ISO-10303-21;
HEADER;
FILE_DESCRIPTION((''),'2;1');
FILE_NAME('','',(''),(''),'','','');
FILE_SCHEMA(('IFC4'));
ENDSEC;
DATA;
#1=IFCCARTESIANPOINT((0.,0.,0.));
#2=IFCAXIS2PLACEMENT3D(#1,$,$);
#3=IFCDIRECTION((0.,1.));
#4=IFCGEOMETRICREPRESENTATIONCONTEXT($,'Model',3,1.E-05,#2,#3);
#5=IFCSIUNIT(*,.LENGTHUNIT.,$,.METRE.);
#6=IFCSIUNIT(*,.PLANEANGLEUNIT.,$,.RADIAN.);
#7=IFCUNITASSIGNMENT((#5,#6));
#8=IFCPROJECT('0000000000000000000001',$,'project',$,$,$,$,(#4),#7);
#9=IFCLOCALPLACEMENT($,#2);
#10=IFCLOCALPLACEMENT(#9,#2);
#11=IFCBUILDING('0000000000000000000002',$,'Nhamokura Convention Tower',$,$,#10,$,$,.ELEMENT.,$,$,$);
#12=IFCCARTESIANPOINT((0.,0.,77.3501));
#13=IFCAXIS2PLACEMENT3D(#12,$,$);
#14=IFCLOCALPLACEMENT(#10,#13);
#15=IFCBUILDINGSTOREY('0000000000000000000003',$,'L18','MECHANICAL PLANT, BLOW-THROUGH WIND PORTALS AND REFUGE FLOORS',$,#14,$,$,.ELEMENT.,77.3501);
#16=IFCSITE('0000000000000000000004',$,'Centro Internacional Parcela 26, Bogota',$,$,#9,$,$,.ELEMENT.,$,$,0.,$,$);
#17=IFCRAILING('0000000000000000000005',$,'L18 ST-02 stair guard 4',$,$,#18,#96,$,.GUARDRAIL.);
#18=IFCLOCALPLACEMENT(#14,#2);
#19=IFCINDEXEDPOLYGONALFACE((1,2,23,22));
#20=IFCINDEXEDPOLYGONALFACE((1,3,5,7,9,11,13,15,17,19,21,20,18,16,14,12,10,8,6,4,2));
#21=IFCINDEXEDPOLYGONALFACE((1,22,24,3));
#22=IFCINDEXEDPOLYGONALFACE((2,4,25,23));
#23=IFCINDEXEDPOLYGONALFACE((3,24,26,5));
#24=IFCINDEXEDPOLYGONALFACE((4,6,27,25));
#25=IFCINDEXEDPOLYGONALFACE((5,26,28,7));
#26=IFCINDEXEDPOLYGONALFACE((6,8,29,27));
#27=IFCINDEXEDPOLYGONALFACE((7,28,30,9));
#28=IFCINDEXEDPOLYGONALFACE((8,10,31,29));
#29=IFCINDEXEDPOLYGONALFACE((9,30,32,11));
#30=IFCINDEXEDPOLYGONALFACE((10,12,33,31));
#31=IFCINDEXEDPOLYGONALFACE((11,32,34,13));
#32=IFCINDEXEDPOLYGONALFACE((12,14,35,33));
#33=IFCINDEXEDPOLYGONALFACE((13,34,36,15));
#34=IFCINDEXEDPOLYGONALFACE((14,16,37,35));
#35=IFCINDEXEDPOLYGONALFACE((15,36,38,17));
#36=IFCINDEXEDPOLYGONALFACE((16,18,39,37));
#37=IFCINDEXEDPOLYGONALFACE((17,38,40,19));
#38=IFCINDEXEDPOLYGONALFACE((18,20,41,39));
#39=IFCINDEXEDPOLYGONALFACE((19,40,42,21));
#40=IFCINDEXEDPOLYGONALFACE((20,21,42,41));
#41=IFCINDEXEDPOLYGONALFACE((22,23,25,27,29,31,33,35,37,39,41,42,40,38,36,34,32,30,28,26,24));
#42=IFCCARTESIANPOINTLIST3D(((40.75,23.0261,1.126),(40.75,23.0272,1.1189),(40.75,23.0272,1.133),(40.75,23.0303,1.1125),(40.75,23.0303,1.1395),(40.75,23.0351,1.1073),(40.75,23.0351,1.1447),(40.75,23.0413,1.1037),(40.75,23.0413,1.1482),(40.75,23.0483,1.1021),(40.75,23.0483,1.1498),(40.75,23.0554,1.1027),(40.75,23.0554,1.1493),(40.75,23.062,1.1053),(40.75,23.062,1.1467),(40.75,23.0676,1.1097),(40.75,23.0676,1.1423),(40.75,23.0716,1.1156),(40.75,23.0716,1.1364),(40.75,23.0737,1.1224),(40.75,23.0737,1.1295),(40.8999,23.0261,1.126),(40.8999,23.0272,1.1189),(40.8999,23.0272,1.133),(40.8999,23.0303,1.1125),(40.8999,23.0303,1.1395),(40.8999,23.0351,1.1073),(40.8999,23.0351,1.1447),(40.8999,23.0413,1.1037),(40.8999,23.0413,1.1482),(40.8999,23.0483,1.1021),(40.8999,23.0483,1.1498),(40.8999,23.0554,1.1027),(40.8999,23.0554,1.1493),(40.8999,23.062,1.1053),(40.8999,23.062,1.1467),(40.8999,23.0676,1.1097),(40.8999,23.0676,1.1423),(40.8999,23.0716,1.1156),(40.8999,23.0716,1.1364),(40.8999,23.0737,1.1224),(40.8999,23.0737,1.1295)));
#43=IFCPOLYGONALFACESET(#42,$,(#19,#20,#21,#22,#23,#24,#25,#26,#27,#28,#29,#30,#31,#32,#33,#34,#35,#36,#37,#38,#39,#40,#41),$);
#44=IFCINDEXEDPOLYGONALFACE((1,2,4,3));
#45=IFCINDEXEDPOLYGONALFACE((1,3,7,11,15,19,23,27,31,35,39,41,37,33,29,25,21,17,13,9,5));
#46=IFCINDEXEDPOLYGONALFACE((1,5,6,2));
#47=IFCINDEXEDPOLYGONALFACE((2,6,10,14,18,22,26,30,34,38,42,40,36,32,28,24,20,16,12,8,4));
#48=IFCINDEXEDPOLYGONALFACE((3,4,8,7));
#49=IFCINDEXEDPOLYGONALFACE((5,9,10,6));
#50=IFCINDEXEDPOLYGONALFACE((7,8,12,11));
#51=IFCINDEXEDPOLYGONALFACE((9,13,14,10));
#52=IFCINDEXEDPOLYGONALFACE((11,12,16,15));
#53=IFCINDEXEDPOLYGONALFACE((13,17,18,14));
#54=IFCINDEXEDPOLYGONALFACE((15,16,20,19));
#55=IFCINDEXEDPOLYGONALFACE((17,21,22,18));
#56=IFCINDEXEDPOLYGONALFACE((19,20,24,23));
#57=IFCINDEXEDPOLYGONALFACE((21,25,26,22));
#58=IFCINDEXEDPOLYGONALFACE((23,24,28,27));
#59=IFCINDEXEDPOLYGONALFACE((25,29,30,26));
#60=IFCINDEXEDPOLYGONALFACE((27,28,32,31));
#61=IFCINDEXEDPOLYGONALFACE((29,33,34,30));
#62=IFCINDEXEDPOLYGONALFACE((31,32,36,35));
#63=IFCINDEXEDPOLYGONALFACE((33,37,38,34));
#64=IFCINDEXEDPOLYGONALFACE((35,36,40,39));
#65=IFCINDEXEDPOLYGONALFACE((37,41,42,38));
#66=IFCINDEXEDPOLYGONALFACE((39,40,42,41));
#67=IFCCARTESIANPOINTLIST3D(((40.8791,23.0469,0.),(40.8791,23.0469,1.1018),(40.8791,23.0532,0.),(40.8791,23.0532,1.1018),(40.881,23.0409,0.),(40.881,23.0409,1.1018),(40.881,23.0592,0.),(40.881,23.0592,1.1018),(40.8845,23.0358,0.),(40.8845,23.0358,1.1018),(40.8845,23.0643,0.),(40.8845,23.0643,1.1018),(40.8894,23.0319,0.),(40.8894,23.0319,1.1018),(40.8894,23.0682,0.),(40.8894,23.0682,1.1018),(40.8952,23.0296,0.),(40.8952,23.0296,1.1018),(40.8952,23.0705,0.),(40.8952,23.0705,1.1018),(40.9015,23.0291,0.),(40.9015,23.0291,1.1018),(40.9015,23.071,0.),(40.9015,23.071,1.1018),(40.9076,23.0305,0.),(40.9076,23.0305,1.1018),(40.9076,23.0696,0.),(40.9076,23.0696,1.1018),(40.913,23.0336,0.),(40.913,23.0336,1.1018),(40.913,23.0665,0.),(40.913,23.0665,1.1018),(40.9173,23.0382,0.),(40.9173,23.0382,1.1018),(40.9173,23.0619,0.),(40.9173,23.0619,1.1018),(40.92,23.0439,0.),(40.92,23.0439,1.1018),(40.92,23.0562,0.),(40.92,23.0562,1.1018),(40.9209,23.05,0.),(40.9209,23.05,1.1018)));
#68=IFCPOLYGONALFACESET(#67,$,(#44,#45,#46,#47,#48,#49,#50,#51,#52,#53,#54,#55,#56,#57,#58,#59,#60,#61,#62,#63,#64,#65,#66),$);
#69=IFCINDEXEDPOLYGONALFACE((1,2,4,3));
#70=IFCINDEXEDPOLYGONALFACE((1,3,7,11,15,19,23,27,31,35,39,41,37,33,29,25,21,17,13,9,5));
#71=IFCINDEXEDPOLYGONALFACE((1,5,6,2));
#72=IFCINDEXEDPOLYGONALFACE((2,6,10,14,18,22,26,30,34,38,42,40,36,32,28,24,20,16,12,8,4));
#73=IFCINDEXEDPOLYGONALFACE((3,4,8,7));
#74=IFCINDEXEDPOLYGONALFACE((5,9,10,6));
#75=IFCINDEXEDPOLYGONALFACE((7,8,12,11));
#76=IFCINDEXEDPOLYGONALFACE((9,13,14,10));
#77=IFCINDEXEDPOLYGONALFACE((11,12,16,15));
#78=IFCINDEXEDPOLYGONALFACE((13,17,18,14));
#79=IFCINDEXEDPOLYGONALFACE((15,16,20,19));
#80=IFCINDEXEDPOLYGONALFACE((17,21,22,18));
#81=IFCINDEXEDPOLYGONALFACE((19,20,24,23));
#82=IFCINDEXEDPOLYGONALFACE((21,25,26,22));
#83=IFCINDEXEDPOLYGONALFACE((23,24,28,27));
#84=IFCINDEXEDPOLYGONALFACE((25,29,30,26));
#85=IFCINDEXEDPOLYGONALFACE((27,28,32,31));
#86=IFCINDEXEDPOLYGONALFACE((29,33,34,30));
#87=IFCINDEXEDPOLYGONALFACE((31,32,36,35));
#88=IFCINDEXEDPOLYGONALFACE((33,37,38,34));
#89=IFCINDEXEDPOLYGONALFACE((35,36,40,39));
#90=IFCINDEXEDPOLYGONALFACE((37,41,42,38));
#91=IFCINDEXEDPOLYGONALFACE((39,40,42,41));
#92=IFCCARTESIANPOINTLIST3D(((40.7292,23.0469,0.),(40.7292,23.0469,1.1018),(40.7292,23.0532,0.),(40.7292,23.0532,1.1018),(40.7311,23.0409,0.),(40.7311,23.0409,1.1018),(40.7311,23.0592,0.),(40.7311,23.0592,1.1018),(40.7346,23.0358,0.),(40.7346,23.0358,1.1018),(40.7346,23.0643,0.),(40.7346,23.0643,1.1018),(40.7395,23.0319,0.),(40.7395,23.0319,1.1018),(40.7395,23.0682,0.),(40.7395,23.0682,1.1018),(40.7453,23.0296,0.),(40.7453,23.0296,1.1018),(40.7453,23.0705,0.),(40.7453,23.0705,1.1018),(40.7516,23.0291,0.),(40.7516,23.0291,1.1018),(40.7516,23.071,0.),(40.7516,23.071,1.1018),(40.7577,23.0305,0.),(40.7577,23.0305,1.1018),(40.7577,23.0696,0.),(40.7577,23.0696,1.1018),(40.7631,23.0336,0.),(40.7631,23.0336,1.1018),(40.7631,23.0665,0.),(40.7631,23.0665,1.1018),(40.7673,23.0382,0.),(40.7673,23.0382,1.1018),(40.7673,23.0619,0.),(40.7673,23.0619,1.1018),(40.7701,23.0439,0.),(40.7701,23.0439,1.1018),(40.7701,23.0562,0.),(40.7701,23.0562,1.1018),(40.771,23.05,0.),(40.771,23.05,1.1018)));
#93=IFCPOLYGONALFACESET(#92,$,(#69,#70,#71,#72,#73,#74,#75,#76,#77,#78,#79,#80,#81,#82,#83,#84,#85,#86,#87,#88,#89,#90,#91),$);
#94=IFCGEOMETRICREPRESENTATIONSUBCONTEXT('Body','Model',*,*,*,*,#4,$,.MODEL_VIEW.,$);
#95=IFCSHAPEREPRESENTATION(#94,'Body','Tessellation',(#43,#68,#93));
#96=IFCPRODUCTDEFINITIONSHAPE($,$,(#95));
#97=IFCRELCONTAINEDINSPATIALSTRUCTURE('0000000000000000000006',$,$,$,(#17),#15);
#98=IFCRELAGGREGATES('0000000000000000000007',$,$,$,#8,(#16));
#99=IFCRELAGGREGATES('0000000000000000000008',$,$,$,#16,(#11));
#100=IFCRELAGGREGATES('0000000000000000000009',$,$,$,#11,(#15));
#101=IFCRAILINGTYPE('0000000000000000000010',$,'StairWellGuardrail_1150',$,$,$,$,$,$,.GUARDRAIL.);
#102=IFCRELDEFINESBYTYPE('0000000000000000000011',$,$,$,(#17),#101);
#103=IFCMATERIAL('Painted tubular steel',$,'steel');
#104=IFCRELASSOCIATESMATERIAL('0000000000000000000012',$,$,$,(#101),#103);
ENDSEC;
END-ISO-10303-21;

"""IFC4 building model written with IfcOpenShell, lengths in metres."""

from ifc_helpers import new_model, si_unit, direction, frame, origin, origin_2d, place, context, subcontext, project, spatial, circle, extrude, material, type_object, element, save


model = new_model("IFC4")

# Units and contexts
model_context = context("Model", 3, precision=1e-05, world=origin(), true_north=direction((0.0, 1.0)))
body_context = subcontext(model_context, "Body", "Model", "MODEL_VIEW")
ifc_project = project(units=[si_unit("LENGTHUNIT", "METRE"), si_unit("PLANEANGLEUNIT", "RADIAN")], contexts=[model_context])

# Site, building, storey
site_placement = place(None, origin())
site = spatial("IfcSite", under=ifc_project, at=site_placement, Name="Centro Internacional Parcela 26, Bogota", CompositionType="ELEMENT", RefElevation=0.0)
building_placement = place(site_placement, origin())
building = spatial("IfcBuilding", under=site, at=building_placement, Name="Nhamokura Convention Tower", CompositionType="ELEMENT")
storey_placement = place(building_placement, frame((0.0, 0.0, 77.3501)))
storey = spatial("IfcBuildingStorey", under=building, at=storey_placement, Name="L18", Description="MECHANICAL PLANT, BLOW-THROUGH WIND PORTALS AND REFUGE FLOORS", CompositionType="ELEMENT", Elevation=77.3501)

# Railing
ifc_material_1 = material(Name="Painted tubular steel", Category="steel")
railing_type_1 = type_object("IfcRailingType", Name="StairWellGuardrail_1150", PredefinedType="GUARDRAIL", material=ifc_material_1)
railing_1_placement = place(storey_placement, frame((40.8999, 23.05, 0.0)))
element("IfcRailing", 1, at=railing_1_placement, inside=storey, type_object=railing_type_1, Name="L18 ST-02 stair guard 4", PredefinedType="GUARDRAIL", context=body_context, shape_type="SweptSolid", body=[
    extrude(circle(Radius=0.0239, at=origin_2d()), frame((0.0, 0.0, 1.126), z_axis=(-1.0, 0.0, 0.0), x_axis=(0.0, -1.0, 0.0)), (0.0, 0.0, 1.0), 0.1499),
    extrude(circle(Radius=0.021, at=origin_2d()), origin(), (0.0, 0.0, 1.0), 1.1018),
    extrude(circle(Radius=0.021, at=origin_2d()), frame((-0.1499, 0.0, 0.0)), (0.0, 0.0, 1.0), 1.1018),
])

save(model, "model.ifc")
